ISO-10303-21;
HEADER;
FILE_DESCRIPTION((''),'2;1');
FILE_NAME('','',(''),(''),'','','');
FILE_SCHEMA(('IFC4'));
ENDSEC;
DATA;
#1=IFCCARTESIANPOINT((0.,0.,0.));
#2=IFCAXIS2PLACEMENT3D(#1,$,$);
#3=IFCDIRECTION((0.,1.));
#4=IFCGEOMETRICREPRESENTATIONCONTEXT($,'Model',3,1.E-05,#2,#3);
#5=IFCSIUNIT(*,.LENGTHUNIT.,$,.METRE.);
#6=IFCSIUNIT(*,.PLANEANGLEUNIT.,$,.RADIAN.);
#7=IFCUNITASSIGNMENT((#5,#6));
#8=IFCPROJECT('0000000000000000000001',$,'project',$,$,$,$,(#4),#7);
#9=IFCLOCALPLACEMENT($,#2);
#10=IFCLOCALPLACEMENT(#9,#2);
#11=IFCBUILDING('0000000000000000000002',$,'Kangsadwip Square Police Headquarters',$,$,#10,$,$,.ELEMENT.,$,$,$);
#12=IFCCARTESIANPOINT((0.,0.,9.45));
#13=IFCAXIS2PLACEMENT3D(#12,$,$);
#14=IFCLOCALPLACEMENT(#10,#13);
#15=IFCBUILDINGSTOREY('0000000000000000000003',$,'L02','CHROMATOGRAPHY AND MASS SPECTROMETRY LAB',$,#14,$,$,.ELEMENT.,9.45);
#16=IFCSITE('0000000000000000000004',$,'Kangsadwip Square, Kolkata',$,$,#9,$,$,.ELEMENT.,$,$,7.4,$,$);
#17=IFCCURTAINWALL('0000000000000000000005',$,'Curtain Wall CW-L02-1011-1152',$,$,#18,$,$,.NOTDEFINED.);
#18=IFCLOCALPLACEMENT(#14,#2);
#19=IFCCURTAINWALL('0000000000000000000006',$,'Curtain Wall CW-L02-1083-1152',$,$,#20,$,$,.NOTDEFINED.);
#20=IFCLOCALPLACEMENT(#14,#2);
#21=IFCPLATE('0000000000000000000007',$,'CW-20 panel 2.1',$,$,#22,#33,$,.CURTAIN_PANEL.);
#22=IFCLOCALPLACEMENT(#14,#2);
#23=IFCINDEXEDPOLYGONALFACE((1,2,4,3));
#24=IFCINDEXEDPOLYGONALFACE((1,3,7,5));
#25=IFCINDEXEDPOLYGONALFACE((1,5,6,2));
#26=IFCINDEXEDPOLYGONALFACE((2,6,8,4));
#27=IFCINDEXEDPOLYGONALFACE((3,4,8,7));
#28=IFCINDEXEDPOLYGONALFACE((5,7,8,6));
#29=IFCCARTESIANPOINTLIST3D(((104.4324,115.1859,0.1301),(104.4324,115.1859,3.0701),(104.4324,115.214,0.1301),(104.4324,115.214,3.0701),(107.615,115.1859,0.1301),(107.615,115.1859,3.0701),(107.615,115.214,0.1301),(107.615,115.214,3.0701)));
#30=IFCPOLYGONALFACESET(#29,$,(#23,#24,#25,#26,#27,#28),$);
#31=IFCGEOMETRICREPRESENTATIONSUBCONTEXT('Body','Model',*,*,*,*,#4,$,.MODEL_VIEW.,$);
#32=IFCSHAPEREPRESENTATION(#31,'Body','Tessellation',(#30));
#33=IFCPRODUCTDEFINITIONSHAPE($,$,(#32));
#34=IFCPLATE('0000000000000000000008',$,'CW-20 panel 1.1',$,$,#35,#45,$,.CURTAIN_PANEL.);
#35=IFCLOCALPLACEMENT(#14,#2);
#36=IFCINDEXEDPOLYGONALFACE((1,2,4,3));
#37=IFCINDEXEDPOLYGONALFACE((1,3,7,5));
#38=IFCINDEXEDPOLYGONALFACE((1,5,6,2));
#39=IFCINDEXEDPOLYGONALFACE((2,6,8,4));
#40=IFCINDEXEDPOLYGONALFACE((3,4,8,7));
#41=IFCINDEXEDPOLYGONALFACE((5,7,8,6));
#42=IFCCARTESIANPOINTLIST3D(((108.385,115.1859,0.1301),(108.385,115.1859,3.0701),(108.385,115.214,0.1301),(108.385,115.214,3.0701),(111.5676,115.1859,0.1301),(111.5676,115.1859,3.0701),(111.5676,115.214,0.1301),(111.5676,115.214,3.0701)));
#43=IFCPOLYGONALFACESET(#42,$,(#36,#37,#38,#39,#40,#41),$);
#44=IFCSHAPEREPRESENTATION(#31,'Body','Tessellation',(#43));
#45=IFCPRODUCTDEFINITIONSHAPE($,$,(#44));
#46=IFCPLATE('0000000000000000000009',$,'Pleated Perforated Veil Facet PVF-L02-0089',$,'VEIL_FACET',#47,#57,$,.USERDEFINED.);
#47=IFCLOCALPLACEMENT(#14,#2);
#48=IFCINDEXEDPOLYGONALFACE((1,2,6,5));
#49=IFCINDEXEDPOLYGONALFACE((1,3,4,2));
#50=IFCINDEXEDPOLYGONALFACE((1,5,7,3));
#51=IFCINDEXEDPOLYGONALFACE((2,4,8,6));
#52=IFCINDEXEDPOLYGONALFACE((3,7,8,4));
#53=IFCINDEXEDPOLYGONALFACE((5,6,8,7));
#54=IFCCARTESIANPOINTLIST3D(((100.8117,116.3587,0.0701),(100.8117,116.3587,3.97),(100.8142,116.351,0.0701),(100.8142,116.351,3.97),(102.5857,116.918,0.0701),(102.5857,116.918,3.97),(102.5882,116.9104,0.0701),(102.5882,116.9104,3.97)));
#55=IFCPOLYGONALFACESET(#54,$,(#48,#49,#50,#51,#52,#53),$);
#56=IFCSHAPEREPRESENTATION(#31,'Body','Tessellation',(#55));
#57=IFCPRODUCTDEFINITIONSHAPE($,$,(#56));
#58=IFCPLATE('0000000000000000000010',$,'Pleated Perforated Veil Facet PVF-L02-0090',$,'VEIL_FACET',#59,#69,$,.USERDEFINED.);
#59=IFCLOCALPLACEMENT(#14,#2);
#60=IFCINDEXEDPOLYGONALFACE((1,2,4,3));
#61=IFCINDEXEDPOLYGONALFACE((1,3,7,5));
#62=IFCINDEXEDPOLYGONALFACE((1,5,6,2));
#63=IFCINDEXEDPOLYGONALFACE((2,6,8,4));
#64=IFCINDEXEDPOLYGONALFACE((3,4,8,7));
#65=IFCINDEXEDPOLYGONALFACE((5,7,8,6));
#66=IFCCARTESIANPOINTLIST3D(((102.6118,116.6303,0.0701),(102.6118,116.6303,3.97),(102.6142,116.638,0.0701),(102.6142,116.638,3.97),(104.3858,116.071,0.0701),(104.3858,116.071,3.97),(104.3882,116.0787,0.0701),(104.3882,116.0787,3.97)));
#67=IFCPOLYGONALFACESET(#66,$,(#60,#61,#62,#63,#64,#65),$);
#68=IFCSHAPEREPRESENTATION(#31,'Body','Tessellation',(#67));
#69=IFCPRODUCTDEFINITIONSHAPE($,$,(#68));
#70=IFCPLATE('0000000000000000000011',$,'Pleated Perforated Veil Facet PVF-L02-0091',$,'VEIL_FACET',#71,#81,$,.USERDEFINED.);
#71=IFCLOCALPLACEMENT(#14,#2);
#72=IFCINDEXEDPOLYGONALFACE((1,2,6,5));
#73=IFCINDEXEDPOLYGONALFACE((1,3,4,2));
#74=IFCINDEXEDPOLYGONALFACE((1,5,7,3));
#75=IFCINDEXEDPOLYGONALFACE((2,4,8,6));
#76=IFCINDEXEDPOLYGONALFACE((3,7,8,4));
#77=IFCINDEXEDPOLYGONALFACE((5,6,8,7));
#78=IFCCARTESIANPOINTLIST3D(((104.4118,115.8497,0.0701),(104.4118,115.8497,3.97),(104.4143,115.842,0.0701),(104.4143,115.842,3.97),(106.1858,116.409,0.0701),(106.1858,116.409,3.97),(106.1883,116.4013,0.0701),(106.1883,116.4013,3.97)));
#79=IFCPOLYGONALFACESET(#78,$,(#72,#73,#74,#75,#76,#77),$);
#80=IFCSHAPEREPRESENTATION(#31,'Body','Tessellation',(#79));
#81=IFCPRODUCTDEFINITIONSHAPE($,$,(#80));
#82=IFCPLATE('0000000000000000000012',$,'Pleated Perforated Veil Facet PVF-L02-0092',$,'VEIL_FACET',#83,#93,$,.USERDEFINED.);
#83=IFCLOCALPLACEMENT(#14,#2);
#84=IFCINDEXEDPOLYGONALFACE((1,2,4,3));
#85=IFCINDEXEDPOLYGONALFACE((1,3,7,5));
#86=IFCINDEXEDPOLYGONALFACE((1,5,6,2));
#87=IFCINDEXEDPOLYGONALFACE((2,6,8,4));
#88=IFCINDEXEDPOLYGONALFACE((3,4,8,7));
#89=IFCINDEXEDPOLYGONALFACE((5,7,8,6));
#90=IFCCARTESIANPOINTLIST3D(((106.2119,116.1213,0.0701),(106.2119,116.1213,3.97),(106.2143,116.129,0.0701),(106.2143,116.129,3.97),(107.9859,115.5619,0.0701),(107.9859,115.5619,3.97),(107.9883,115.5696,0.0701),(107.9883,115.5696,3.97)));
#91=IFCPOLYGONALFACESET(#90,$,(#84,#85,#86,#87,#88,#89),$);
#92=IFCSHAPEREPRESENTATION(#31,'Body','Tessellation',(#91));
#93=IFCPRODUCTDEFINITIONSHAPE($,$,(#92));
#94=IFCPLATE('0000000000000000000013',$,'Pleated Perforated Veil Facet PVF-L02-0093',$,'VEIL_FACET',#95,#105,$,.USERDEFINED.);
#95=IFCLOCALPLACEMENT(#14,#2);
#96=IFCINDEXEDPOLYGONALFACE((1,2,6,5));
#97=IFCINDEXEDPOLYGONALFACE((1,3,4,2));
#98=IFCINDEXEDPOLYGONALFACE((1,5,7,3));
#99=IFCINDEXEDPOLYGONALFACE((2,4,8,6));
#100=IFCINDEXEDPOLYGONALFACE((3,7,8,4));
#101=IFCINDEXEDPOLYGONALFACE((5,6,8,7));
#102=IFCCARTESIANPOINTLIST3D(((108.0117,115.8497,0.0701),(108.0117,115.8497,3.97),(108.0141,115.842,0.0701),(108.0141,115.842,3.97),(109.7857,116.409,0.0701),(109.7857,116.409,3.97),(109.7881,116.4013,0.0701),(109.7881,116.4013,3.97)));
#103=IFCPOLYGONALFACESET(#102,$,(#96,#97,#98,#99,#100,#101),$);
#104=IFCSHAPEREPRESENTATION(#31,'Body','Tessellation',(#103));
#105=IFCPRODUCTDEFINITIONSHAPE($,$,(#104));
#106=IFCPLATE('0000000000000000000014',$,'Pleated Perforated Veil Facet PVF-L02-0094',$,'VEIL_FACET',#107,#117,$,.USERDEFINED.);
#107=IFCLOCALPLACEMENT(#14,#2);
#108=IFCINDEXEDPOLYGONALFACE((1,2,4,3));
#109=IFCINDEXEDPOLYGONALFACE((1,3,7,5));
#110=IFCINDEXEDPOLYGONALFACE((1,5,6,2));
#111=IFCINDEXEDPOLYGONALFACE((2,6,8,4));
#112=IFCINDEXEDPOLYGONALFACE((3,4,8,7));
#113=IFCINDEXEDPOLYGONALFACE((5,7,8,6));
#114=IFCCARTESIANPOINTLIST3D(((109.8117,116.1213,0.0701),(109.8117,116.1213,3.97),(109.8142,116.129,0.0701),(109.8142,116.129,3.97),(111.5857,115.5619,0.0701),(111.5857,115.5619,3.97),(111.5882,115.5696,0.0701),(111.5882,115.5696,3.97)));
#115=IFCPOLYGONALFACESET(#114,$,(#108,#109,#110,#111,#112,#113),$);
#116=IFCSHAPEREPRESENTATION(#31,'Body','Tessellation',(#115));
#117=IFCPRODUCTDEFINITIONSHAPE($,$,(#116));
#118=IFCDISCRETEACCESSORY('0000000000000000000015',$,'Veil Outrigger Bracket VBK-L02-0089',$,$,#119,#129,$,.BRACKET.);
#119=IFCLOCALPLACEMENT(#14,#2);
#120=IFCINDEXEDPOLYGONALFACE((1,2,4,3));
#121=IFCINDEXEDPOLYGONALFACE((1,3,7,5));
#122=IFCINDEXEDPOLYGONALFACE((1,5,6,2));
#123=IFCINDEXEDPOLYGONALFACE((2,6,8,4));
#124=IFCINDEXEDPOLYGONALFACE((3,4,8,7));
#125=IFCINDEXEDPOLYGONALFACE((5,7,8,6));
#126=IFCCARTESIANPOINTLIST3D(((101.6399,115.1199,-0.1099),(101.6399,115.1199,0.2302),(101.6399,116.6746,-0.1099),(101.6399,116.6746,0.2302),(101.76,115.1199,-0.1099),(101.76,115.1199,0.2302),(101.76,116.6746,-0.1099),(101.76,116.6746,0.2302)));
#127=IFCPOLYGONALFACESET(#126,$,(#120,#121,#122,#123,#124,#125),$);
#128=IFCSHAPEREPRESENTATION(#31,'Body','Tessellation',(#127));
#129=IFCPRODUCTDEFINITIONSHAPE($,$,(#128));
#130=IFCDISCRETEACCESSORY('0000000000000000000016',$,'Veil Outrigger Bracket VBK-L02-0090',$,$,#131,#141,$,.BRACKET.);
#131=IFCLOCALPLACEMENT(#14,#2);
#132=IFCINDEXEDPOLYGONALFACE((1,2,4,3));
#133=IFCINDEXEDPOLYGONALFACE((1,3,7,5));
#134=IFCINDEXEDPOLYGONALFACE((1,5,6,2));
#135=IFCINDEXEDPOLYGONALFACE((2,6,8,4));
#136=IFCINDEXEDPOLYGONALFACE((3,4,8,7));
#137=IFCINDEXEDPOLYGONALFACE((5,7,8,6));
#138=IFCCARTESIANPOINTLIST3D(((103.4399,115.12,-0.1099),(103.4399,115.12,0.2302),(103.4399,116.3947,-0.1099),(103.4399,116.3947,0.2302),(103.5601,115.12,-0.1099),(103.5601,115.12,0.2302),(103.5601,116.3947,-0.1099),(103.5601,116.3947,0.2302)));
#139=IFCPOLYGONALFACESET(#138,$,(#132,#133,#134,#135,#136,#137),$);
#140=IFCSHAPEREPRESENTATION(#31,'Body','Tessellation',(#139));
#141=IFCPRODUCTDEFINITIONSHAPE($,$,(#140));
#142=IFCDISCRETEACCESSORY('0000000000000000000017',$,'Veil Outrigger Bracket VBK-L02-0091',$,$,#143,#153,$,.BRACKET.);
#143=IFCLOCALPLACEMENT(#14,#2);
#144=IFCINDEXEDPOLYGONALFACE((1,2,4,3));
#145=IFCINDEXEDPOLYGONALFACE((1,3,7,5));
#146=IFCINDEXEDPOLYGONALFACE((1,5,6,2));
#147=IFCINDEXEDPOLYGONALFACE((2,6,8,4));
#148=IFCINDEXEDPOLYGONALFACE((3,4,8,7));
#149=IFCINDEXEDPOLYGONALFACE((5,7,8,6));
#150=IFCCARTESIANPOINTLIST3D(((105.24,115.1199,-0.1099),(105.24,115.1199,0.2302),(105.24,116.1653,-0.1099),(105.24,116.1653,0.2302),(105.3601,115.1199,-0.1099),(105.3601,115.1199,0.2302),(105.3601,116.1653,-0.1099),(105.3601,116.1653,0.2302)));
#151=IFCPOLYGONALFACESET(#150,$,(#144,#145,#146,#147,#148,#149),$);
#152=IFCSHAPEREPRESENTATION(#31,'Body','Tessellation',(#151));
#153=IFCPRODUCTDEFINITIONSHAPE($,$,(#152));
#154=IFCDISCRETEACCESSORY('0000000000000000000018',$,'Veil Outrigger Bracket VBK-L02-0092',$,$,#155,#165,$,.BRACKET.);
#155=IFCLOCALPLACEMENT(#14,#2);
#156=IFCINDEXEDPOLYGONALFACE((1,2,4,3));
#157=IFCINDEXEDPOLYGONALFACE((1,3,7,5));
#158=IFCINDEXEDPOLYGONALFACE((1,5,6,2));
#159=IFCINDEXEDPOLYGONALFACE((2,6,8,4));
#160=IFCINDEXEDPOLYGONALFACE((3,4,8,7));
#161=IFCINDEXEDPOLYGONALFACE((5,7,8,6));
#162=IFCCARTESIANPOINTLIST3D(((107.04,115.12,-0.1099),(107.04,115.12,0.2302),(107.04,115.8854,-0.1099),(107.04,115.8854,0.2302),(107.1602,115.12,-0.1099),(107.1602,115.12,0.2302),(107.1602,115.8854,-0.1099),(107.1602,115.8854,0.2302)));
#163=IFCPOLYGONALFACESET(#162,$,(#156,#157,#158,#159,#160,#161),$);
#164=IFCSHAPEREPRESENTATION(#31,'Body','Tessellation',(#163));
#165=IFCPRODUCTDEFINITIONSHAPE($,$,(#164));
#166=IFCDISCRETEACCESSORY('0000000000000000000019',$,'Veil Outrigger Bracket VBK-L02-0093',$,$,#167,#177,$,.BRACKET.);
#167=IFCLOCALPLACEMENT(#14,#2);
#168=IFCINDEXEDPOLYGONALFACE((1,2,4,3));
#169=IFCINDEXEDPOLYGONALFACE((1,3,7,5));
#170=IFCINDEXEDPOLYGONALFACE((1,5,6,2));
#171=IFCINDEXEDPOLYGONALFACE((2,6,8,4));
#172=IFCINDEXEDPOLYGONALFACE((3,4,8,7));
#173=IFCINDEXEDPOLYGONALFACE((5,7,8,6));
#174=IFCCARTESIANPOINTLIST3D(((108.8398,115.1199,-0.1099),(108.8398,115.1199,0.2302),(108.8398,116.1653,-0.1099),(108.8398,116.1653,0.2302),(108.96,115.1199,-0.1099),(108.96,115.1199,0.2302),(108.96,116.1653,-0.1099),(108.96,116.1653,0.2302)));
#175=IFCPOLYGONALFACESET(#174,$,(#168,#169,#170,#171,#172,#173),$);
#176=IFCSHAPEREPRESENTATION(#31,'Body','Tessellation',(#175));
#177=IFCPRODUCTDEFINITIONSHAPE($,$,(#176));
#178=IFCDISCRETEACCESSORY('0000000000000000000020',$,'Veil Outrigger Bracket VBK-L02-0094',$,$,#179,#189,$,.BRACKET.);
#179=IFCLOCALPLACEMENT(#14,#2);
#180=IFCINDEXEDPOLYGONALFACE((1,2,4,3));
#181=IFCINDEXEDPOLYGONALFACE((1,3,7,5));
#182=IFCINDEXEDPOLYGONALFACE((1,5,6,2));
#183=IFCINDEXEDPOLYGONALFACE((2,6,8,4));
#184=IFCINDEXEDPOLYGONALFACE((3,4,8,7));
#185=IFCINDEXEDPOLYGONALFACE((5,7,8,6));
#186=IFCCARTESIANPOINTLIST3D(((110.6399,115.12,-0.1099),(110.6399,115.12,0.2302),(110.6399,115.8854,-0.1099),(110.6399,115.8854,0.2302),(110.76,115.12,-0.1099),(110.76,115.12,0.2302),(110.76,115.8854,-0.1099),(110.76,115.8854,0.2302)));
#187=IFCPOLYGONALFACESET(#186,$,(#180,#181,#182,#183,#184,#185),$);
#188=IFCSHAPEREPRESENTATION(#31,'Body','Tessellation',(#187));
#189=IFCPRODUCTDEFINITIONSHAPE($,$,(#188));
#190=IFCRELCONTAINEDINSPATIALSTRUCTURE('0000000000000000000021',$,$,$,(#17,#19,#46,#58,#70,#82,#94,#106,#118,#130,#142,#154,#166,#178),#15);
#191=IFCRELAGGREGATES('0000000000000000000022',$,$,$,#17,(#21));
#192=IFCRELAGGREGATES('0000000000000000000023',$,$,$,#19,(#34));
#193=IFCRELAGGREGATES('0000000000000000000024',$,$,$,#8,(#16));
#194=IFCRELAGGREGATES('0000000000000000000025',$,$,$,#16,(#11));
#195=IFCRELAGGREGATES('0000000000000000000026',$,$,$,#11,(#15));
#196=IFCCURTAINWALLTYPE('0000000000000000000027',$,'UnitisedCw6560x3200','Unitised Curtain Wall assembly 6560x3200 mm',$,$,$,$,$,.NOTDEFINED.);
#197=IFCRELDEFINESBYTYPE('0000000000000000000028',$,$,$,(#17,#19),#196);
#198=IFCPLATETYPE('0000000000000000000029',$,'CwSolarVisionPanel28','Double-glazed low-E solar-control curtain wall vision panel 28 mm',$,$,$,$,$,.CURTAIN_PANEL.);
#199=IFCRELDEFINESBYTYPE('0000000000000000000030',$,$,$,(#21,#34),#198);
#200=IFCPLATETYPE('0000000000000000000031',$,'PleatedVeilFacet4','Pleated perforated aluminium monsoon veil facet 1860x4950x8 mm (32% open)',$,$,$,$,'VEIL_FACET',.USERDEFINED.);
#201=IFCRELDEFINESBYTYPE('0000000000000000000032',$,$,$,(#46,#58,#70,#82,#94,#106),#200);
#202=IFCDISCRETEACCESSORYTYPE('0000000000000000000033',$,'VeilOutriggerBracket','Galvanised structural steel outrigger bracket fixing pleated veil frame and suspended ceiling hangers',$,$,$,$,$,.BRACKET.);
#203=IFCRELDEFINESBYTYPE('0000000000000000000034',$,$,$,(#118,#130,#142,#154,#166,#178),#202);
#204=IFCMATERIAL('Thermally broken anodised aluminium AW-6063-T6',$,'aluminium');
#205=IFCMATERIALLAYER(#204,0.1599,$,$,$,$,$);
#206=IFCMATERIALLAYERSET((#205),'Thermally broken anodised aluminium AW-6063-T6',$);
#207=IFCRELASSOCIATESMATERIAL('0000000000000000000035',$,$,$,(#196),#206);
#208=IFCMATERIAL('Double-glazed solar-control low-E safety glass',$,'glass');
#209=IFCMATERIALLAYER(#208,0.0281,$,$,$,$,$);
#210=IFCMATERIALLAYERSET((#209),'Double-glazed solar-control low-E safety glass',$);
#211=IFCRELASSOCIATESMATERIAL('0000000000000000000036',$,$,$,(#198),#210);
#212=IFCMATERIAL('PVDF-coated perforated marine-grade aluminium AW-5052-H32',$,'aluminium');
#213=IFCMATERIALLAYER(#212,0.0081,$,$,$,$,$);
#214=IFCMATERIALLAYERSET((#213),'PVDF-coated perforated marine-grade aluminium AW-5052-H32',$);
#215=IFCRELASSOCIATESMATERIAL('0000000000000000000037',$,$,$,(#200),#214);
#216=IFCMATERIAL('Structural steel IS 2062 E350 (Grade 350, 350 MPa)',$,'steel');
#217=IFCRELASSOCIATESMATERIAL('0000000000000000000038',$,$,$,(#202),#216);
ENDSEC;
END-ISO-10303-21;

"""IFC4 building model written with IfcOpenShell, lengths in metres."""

from ifc_helpers import new_model, si_unit, direction, frame, origin, origin_2d, place, context, subcontext, project, spatial, rectangle, extrude, material, layer, layer_set, type_object, element, aggregate, save


model = new_model("IFC4")

# Units and contexts
model_context = context("Model", 3, precision=1e-05, world=origin(), true_north=direction((0.0, 1.0)))
body_context = subcontext(model_context, "Body", "Model", "MODEL_VIEW")
ifc_project = project(units=[si_unit("LENGTHUNIT", "METRE"), si_unit("PLANEANGLEUNIT", "RADIAN")], contexts=[model_context])

# Site, building, storey
site_placement = place(None, origin())
site = spatial("IfcSite", under=ifc_project, at=site_placement, Name="Kangsadwip Square, Kolkata", CompositionType="ELEMENT", RefElevation=7.4)
building_placement = place(site_placement, origin())
building = spatial("IfcBuilding", under=site, at=building_placement, Name="Kangsadwip Square Police Headquarters", CompositionType="ELEMENT")
storey_placement = place(building_placement, frame((0.0, 0.0, 9.45)))
storey = spatial("IfcBuildingStorey", under=building, at=storey_placement, Name="L02", Description="CHROMATOGRAPHY AND MASS SPECTROMETRY LAB", CompositionType="ELEMENT", Elevation=9.45)

# Curtain walls
ifc_material_1 = material(Name="Thermally broken anodised aluminium AW-6063-T6", Category="aluminium")
ifc_layer_1 = layer(ifc_material_1, 0.1599)
ifc_layer_set_1 = layer_set([ifc_layer_1], Name="Thermally broken anodised aluminium AW-6063-T6")
curtain_wall_type = type_object("IfcCurtainWallType", Name="UnitisedCw6560x3200", Description="Unitised Curtain Wall assembly 6560x3200 mm", PredefinedType="NOTDEFINED", material=ifc_layer_set_1)
curtain_wall_1_placement = place(storey_placement, origin())
curtain_wall_1 = element("IfcCurtainWall", 1, at=curtain_wall_1_placement, inside=storey, type_object=curtain_wall_type, Name="Curtain Wall CW-L02-1011-1152", PredefinedType="NOTDEFINED")
curtain_wall_2_placement = place(storey_placement, origin())
curtain_wall_2 = element("IfcCurtainWall", 2, at=curtain_wall_2_placement, inside=storey, type_object=curtain_wall_type, Name="Curtain Wall CW-L02-1083-1152", PredefinedType="NOTDEFINED")

# Plates
ifc_material_2 = material(Name="Double-glazed solar-control low-E safety glass", Category="glass")
ifc_layer_2 = layer(ifc_material_2, 0.0281)
ifc_layer_set_2 = layer_set([ifc_layer_2], Name="Double-glazed solar-control low-E safety glass")
plate_type_1 = type_object("IfcPlateType", Name="CwSolarVisionPanel28", Description="Double-glazed low-E solar-control curtain wall vision panel 28 mm", PredefinedType="CURTAIN_PANEL", material=ifc_layer_set_2)
plate_1_placement = place(storey_placement, frame((106.0237, 115.2, 0.1301), z_axis=(0.0, 0.0, 1.0), x_axis=(1.0, 0.0, 0.0)))
plate_1 = element("IfcPlate", 3, at=plate_1_placement, type_object=plate_type_1, Name="CW-20 panel 2.1", PredefinedType="CURTAIN_PANEL", context=body_context, shape_type="SweptSolid", body=[
    extrude(rectangle(XDim=3.1826, YDim=0.0281, at=origin_2d()), origin(), (0.0, 0.0, 1.0), 2.9399),
])
aggregate(curtain_wall_1, [plate_1])
plate_2_placement = place(storey_placement, frame((109.9763, 115.2, 0.1301), z_axis=(0.0, 0.0, 1.0), x_axis=(1.0, 0.0, 0.0)))
plate_2 = element("IfcPlate", 4, at=plate_2_placement, type_object=plate_type_1, Name="CW-20 panel 1.1", PredefinedType="CURTAIN_PANEL", context=body_context, shape_type="SweptSolid", body=[
    extrude(rectangle(XDim=3.1826, YDim=0.0281, at=origin_2d()), origin(), (0.0, 0.0, 1.0), 2.9399),
])
aggregate(curtain_wall_2, [plate_2])

# Plates
ifc_material_3 = material(Name="PVDF-coated perforated marine-grade aluminium AW-5052-H32", Category="aluminium")
ifc_layer_3 = layer(ifc_material_3, 0.0081)
ifc_layer_set_3 = layer_set([ifc_layer_3], Name="PVDF-coated perforated marine-grade aluminium AW-5052-H32")
plate_type_2 = type_object("IfcPlateType", Name="PleatedVeilFacet4", Description="Pleated perforated aluminium monsoon veil facet 1860x4950x8 mm (32% open)", ElementType="VEIL_FACET", PredefinedType="USERDEFINED", material=ifc_layer_set_3)
for number, where, z_axis, x_axis, name in (
    (5, (101.7, 116.6345, 0.0701), (0.0, 0.0, 1.0), (0.953717, 0.300706, 0.0), "Pleated Perforated Veil Facet PVF-L02-0089"),
    (6, (103.5, 116.3545, 0.0701), (0.0, 0.0, 1.0), (0.953717, -0.300706, 0.0), "Pleated Perforated Veil Facet PVF-L02-0090"),
    (7, (105.3, 116.1255, 0.0701), (0.0, 0.0, 1.0), (0.953717, 0.300706, 0.0), "Pleated Perforated Veil Facet PVF-L02-0091"),
    (8, (107.1001, 115.8455, 0.0701), (0.0, 0.0, 1.0), (0.953717, -0.300706, 0.0), "Pleated Perforated Veil Facet PVF-L02-0092"),
    (9, (108.8999, 116.1255, 0.0701), (0.0, 0.0, 1.0), (0.953717, 0.300706, 0.0), "Pleated Perforated Veil Facet PVF-L02-0093"),
    (10, (110.7, 115.8455, 0.0701), (0.0, 0.0, 1.0), (0.953717, -0.300706, 0.0), "Pleated Perforated Veil Facet PVF-L02-0094"),
):
    element("IfcPlate", number, at=place(storey_placement, frame(where, z_axis=z_axis, x_axis=x_axis)), inside=storey, type_object=plate_type_2, Name=name, ObjectType="VEIL_FACET", PredefinedType="USERDEFINED", context=body_context, shape_type="SweptSolid", body=[
        extrude(rectangle(XDim=1.8601, YDim=0.0081, at=origin_2d()), origin(), (0.0, 0.0, 1.0), 3.8999),
    ])

# Discrete accessories
ifc_material_4 = material(Name="Structural steel IS 2062 E350 (Grade 350, 350 MPa)", Category="steel")
discrete_accessory_type = type_object("IfcDiscreteAccessoryType", Name="VeilOutriggerBracket", Description="Galvanised structural steel outrigger bracket fixing pleated veil frame and suspended ceiling hangers", PredefinedType="BRACKET", material=ifc_material_4)
discrete_accessory_1_placement = place(storey_placement, frame((101.7, 115.8972, -0.1099), z_axis=(0.0, 0.0, 1.0), x_axis=(1.0, 0.0, 0.0)))
element("IfcDiscreteAccessory", 11, at=discrete_accessory_1_placement, inside=storey, type_object=discrete_accessory_type, Name="Veil Outrigger Bracket VBK-L02-0089", PredefinedType="BRACKET", context=body_context, shape_type="SweptSolid", body=[
    extrude(rectangle(XDim=0.1201, YDim=1.5547, at=origin_2d()), origin(), (0.0, 0.0, 1.0), 0.3401),
])
discrete_accessory_2_placement = place(storey_placement, frame((103.5, 115.7573, -0.1099), z_axis=(0.0, 0.0, 1.0), x_axis=(1.0, 0.0, 0.0)))
element("IfcDiscreteAccessory", 12, at=discrete_accessory_2_placement, inside=storey, type_object=discrete_accessory_type, Name="Veil Outrigger Bracket VBK-L02-0090", PredefinedType="BRACKET", context=body_context, shape_type="SweptSolid", body=[
    extrude(rectangle(XDim=0.1201, YDim=1.2747, at=origin_2d()), origin(), (0.0, 0.0, 1.0), 0.3401),
])
discrete_accessory_3_placement = place(storey_placement, frame((105.3, 115.6426, -0.1099), z_axis=(0.0, 0.0, 1.0), x_axis=(1.0, 0.0, 0.0)))
element("IfcDiscreteAccessory", 13, at=discrete_accessory_3_placement, inside=storey, type_object=discrete_accessory_type, Name="Veil Outrigger Bracket VBK-L02-0091", PredefinedType="BRACKET", context=body_context, shape_type="SweptSolid", body=[
    extrude(rectangle(XDim=0.1201, YDim=1.0454, at=origin_2d()), origin(), (0.0, 0.0, 1.0), 0.3401),
])
discrete_accessory_4_placement = place(storey_placement, frame((107.1001, 115.5027, -0.1099), z_axis=(0.0, 0.0, 1.0), x_axis=(1.0, 0.0, 0.0)))
element("IfcDiscreteAccessory", 14, at=discrete_accessory_4_placement, inside=storey, type_object=discrete_accessory_type, Name="Veil Outrigger Bracket VBK-L02-0092", PredefinedType="BRACKET", context=body_context, shape_type="SweptSolid", body=[
    extrude(rectangle(XDim=0.1201, YDim=0.7654, at=origin_2d()), origin(), (0.0, 0.0, 1.0), 0.3401),
])
discrete_accessory_5_placement = place(storey_placement, frame((108.8999, 115.6426, -0.1099), z_axis=(0.0, 0.0, 1.0), x_axis=(1.0, 0.0, 0.0)))
element("IfcDiscreteAccessory", 15, at=discrete_accessory_5_placement, inside=storey, type_object=discrete_accessory_type, Name="Veil Outrigger Bracket VBK-L02-0093", PredefinedType="BRACKET", context=body_context, shape_type="SweptSolid", body=[
    extrude(rectangle(XDim=0.1201, YDim=1.0454, at=origin_2d()), origin(), (0.0, 0.0, 1.0), 0.3401),
])
discrete_accessory_6_placement = place(storey_placement, frame((110.7, 115.5027, -0.1099), z_axis=(0.0, 0.0, 1.0), x_axis=(1.0, 0.0, 0.0)))
element("IfcDiscreteAccessory", 16, at=discrete_accessory_6_placement, inside=storey, type_object=discrete_accessory_type, Name="Veil Outrigger Bracket VBK-L02-0094", PredefinedType="BRACKET", context=body_context, shape_type="SweptSolid", body=[
    extrude(rectangle(XDim=0.1201, YDim=0.7654, at=origin_2d()), origin(), (0.0, 0.0, 1.0), 0.3401),
])

save(model, "model.ifc")
